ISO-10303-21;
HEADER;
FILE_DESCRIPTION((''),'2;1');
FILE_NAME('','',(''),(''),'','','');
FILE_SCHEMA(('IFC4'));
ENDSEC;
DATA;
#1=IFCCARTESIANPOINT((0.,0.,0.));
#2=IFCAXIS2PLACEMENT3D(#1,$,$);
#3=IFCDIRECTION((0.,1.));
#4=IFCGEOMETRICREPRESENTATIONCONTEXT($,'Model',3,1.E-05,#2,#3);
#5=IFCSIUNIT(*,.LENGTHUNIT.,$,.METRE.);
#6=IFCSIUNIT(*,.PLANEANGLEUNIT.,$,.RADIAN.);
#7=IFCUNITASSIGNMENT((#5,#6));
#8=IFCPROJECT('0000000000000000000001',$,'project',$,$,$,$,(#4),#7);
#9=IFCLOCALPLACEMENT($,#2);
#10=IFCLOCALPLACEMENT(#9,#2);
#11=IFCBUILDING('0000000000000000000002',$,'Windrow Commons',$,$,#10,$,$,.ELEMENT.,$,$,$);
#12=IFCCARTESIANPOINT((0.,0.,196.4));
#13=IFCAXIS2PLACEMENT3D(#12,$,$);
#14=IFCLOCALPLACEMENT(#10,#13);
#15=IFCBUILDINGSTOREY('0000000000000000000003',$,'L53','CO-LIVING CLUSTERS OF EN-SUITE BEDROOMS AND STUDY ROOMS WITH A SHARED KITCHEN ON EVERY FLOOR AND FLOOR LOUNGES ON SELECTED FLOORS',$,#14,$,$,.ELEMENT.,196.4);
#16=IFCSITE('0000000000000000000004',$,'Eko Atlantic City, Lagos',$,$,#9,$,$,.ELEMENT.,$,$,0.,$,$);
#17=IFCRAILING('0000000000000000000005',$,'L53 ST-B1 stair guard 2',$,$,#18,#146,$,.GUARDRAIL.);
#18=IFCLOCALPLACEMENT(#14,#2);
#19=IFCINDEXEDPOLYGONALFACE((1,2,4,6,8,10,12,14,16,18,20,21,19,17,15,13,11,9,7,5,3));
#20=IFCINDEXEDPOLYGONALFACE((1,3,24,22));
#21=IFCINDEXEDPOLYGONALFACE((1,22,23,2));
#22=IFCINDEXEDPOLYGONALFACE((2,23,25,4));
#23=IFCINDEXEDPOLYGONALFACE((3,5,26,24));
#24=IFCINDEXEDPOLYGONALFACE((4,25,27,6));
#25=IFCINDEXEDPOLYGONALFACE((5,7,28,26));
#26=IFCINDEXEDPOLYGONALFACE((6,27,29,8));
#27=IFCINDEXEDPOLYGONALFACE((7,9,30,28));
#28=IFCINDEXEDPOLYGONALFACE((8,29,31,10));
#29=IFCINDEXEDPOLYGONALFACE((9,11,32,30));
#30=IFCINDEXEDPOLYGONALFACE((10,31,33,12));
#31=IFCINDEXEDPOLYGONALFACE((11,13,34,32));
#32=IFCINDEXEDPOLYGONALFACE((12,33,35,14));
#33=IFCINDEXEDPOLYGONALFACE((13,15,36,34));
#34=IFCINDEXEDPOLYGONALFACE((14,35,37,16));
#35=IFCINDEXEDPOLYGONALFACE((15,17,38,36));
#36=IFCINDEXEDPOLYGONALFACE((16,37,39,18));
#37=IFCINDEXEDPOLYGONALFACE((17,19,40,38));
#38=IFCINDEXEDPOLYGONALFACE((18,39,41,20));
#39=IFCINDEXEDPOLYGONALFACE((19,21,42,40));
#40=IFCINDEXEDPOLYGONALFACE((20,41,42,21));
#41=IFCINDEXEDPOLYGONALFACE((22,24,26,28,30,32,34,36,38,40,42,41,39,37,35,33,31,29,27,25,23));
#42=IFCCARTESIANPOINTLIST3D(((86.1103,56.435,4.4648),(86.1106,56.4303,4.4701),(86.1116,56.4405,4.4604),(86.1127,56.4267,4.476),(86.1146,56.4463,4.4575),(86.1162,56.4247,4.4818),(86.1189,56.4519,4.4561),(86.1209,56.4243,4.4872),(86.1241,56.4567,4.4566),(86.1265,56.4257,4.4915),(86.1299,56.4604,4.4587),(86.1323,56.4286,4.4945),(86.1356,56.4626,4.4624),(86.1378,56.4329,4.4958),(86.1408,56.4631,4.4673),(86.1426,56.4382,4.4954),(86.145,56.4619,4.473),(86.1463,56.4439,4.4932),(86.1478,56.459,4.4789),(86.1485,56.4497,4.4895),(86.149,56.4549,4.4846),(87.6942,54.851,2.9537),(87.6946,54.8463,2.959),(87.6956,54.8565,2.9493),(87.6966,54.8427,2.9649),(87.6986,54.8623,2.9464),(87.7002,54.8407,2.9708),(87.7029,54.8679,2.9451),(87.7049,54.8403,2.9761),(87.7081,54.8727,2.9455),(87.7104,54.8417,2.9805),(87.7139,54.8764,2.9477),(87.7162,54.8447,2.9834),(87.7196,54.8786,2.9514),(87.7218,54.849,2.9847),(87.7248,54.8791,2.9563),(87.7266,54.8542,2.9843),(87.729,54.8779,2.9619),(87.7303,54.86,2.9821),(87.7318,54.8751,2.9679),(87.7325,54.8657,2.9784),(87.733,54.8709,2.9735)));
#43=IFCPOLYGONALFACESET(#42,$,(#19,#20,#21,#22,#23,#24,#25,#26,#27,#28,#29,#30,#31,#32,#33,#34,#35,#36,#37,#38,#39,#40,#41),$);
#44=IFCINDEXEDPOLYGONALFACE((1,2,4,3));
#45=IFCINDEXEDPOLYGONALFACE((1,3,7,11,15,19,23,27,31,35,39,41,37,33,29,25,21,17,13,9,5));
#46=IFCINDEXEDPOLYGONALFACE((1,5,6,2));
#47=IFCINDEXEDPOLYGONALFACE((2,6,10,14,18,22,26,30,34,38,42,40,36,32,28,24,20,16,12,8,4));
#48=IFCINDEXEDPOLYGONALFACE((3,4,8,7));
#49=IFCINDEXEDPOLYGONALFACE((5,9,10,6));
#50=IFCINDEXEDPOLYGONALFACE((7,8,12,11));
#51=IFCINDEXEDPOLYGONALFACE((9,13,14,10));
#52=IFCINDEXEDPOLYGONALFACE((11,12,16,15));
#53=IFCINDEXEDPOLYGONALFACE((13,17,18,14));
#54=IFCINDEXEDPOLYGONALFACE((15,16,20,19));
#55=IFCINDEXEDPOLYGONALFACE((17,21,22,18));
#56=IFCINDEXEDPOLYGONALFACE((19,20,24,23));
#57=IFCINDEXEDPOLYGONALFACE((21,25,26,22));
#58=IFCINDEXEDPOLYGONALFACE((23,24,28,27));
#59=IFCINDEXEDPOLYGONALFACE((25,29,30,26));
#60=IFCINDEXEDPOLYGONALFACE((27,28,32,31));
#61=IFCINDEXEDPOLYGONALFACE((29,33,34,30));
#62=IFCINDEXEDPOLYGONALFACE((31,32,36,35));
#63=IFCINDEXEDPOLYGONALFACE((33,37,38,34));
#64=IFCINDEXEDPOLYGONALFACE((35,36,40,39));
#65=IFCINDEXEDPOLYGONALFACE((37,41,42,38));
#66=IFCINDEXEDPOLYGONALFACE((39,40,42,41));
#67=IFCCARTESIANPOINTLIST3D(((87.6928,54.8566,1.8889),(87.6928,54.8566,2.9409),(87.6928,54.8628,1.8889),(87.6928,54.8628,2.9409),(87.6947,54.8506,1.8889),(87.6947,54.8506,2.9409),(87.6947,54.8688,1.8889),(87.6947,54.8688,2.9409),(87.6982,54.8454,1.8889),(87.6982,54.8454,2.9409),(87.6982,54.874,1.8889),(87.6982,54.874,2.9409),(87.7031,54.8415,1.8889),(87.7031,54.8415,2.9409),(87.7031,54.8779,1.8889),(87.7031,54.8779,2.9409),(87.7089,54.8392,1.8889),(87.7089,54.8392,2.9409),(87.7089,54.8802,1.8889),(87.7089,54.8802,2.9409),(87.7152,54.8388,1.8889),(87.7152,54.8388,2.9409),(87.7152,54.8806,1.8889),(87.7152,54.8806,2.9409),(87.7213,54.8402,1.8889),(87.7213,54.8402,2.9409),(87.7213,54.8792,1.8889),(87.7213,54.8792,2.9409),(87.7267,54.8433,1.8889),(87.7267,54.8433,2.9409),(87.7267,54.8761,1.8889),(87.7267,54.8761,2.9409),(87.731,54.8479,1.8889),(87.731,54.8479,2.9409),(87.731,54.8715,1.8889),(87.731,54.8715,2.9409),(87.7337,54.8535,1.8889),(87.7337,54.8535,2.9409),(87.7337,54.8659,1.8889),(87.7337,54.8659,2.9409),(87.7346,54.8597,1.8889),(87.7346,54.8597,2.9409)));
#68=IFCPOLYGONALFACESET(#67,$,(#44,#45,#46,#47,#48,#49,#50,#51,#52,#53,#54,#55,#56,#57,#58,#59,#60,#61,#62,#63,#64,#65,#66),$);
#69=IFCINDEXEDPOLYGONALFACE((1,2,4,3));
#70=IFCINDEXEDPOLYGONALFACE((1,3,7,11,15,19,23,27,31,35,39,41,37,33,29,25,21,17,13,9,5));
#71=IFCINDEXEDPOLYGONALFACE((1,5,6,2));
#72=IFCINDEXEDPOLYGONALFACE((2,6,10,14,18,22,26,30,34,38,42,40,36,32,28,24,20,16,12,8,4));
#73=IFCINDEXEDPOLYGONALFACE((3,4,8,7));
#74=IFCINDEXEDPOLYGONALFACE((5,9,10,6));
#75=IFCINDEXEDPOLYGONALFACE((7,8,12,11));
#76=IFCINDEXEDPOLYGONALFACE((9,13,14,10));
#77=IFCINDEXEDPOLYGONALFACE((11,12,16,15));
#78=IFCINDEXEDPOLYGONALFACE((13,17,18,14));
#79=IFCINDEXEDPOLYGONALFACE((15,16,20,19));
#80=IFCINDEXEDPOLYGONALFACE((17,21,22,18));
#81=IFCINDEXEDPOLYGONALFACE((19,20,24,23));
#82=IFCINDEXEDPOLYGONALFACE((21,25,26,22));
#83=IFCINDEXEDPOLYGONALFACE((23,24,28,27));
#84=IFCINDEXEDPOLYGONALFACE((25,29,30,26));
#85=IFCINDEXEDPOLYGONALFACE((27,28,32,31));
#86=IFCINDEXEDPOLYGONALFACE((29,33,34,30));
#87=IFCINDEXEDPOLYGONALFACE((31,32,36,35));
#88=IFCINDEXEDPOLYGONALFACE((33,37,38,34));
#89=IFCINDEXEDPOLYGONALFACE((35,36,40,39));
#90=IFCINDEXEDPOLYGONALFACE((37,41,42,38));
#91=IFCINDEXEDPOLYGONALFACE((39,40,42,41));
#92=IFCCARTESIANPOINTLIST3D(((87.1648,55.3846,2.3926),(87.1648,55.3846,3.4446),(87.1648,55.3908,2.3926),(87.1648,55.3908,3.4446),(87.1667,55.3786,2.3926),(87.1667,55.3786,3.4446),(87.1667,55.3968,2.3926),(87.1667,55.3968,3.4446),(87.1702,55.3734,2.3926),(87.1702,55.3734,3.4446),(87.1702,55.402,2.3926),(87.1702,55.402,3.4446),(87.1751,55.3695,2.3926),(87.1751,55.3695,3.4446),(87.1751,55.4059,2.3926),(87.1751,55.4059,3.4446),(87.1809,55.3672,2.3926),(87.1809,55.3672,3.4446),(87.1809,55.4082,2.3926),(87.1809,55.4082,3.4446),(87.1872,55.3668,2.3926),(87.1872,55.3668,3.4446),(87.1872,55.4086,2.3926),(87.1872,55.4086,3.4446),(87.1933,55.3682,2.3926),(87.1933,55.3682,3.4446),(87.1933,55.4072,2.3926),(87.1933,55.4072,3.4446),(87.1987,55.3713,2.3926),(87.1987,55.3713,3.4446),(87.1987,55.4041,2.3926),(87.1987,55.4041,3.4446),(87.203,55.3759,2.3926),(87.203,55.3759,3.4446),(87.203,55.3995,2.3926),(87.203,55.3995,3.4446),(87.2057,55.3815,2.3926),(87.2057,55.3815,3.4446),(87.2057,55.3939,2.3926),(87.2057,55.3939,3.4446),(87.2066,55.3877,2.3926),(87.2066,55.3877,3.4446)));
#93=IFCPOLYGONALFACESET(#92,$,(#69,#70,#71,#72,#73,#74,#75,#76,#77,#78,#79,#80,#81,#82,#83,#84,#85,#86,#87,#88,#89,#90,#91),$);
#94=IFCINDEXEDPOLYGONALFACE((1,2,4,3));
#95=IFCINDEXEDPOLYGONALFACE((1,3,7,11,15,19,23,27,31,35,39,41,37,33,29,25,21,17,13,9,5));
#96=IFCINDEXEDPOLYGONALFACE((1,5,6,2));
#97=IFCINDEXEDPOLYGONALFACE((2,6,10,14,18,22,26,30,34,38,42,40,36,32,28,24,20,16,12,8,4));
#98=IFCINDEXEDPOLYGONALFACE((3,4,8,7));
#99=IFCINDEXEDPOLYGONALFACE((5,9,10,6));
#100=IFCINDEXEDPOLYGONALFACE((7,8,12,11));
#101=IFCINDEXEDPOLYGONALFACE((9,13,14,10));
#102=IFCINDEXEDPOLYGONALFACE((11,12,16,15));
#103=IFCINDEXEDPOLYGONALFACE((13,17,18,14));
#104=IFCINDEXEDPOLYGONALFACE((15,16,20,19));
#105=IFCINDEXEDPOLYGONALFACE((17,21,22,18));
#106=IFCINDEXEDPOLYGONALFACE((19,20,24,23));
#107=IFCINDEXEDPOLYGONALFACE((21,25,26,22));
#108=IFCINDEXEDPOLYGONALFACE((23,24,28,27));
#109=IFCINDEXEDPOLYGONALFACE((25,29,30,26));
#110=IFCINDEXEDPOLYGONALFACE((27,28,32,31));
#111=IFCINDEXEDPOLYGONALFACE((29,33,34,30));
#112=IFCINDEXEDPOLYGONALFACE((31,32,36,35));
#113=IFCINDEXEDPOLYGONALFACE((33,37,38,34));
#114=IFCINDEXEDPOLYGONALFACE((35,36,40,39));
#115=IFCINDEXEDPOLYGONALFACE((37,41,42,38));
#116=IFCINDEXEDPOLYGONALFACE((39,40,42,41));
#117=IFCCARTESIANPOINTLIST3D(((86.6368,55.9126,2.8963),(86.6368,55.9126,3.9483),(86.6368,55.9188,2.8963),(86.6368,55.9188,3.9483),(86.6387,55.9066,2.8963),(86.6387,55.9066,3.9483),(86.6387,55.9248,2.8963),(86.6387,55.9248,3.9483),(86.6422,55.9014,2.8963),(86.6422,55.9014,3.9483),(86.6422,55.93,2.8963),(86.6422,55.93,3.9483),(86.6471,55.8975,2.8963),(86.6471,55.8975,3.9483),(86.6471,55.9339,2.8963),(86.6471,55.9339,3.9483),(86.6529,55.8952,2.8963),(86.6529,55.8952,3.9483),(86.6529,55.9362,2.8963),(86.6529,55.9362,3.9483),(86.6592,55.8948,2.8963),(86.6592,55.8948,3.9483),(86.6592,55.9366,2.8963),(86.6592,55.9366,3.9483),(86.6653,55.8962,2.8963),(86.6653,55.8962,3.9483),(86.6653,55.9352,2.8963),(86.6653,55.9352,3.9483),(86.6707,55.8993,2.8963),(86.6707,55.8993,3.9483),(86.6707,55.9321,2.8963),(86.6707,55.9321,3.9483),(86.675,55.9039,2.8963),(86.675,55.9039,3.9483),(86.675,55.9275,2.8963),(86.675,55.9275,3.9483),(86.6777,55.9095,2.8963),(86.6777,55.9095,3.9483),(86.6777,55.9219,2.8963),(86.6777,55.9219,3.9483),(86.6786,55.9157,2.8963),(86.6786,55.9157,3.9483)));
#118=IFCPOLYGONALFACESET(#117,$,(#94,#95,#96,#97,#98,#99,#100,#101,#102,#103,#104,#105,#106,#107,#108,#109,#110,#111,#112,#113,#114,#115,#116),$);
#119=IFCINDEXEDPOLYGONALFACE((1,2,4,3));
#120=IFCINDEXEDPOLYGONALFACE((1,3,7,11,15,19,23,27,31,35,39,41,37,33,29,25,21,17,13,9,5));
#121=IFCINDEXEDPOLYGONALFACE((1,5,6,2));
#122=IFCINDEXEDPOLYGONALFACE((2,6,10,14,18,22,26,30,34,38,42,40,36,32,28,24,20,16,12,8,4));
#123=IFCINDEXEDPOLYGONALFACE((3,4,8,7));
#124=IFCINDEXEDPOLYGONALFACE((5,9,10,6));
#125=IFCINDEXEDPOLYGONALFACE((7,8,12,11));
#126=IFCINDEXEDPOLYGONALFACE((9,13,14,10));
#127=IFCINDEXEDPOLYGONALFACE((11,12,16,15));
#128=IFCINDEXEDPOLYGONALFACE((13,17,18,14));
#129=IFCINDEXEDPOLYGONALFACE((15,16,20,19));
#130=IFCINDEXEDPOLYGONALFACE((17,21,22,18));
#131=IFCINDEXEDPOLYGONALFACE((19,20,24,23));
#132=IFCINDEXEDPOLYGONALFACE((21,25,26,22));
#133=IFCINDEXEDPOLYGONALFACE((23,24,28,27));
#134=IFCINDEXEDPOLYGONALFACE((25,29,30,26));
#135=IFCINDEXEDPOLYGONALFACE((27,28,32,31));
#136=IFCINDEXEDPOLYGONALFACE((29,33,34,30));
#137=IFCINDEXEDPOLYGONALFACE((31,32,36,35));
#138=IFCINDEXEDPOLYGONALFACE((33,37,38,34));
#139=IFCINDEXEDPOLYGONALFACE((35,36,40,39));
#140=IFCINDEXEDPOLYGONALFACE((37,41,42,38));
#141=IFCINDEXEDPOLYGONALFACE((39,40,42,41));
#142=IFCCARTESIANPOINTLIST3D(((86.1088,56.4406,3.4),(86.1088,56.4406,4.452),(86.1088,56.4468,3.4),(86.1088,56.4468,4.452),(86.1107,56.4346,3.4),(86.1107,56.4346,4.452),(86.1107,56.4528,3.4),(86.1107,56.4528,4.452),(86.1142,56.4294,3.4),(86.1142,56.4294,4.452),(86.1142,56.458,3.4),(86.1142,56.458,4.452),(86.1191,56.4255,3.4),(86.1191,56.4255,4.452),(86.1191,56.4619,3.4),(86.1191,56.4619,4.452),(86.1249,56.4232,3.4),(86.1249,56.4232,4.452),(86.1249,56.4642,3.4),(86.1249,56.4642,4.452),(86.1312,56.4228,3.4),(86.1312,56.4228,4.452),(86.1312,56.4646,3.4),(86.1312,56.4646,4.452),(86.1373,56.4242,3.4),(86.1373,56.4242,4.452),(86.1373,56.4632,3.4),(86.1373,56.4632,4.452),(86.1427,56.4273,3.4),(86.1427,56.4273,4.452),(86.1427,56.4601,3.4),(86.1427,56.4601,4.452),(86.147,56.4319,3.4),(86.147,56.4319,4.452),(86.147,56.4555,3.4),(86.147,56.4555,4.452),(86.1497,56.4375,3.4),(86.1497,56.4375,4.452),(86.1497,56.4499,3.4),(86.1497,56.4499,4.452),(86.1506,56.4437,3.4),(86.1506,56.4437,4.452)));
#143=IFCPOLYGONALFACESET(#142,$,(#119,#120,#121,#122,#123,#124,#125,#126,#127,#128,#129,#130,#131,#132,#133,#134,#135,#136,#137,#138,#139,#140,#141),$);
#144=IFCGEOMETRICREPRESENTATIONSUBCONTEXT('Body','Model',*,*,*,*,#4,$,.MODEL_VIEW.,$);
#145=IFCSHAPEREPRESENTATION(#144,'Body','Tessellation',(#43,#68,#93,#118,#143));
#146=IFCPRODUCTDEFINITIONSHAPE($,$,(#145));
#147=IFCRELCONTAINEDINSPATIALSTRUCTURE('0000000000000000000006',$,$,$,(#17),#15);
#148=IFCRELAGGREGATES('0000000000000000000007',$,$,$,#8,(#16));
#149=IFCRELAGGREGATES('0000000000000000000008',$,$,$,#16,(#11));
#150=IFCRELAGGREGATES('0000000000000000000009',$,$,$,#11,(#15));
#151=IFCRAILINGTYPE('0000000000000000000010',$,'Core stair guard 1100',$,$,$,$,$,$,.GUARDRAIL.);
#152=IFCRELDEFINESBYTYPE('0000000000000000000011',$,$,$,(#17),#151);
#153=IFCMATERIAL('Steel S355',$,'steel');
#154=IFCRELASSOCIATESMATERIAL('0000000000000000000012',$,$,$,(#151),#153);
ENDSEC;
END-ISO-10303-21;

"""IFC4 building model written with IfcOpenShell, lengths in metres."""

from ifc_helpers import new_model, si_unit, direction, frame, origin, origin_2d, place, context, subcontext, project, spatial, circle, extrude, material, type_object, element, save


model = new_model("IFC4")

# Units and contexts
model_context = context("Model", 3, precision=1e-05, world=origin(), true_north=direction((0.0, 1.0)))
body_context = subcontext(model_context, "Body", "Model", "MODEL_VIEW")
ifc_project = project(units=[si_unit("LENGTHUNIT", "METRE"), si_unit("PLANEANGLEUNIT", "RADIAN")], contexts=[model_context])

# Site, building, storey
site_placement = place(None, origin())
site = spatial("IfcSite", under=ifc_project, at=site_placement, Name="Eko Atlantic City, Lagos", CompositionType="ELEMENT", RefElevation=0.0)
building_placement = place(site_placement, origin())
building = spatial("IfcBuilding", under=site, at=building_placement, Name="Windrow Commons", CompositionType="ELEMENT")
storey_placement = place(building_placement, frame((0.0, 0.0, 196.4)))
storey = spatial("IfcBuildingStorey", under=building, at=storey_placement, Name="L53", Description="CO-LIVING CLUSTERS OF EN-SUITE BEDROOMS AND STUDY ROOMS WITH A SHARED KITCHEN ON EVERY FLOOR AND FLOOR LOUNGES ON SELECTED FLOORS", CompositionType="ELEMENT", Elevation=196.4)

# Railing
ifc_material_1 = material(Name="Steel S355", Category="steel")
railing_type_1 = type_object("IfcRailingType", Name="Core stair guard 1100", PredefinedType="GUARDRAIL", material=ifc_material_1)
railing_1_placement = place(storey_placement, frame((87.7136, 54.8597, 1.8889)))
element("IfcRailing", 1, at=railing_1_placement, inside=storey, type_object=railing_type_1, Name="L53 ST-B1 stair guard 2", PredefinedType="GUARDRAIL", context=body_context, shape_type="SweptSolid", body=[
    extrude(circle(Radius=0.024, at=origin_2d()), frame((0.0, 0.0, 1.076), z_axis=(-0.586203, 0.586203, 0.559224), x_axis=(-0.707107, -0.707107, 0.0)), (0.0, 0.0, 1.0), 2.7021),
    extrude(circle(Radius=0.021, at=origin_2d()), origin(), (0.0, 0.0, 1.0), 1.052),
    extrude(circle(Radius=0.021, at=origin_2d()), frame((-0.528, 0.528, 0.5037)), (0.0, 0.0, 1.0), 1.052),
    extrude(circle(Radius=0.021, at=origin_2d()), frame((-1.056, 1.056, 1.0074)), (0.0, 0.0, 1.0), 1.052),
    extrude(circle(Radius=0.021, at=origin_2d()), frame((-1.584, 1.584, 1.5111)), (0.0, 0.0, 1.0), 1.052),
])

save(model, "model.ifc")
